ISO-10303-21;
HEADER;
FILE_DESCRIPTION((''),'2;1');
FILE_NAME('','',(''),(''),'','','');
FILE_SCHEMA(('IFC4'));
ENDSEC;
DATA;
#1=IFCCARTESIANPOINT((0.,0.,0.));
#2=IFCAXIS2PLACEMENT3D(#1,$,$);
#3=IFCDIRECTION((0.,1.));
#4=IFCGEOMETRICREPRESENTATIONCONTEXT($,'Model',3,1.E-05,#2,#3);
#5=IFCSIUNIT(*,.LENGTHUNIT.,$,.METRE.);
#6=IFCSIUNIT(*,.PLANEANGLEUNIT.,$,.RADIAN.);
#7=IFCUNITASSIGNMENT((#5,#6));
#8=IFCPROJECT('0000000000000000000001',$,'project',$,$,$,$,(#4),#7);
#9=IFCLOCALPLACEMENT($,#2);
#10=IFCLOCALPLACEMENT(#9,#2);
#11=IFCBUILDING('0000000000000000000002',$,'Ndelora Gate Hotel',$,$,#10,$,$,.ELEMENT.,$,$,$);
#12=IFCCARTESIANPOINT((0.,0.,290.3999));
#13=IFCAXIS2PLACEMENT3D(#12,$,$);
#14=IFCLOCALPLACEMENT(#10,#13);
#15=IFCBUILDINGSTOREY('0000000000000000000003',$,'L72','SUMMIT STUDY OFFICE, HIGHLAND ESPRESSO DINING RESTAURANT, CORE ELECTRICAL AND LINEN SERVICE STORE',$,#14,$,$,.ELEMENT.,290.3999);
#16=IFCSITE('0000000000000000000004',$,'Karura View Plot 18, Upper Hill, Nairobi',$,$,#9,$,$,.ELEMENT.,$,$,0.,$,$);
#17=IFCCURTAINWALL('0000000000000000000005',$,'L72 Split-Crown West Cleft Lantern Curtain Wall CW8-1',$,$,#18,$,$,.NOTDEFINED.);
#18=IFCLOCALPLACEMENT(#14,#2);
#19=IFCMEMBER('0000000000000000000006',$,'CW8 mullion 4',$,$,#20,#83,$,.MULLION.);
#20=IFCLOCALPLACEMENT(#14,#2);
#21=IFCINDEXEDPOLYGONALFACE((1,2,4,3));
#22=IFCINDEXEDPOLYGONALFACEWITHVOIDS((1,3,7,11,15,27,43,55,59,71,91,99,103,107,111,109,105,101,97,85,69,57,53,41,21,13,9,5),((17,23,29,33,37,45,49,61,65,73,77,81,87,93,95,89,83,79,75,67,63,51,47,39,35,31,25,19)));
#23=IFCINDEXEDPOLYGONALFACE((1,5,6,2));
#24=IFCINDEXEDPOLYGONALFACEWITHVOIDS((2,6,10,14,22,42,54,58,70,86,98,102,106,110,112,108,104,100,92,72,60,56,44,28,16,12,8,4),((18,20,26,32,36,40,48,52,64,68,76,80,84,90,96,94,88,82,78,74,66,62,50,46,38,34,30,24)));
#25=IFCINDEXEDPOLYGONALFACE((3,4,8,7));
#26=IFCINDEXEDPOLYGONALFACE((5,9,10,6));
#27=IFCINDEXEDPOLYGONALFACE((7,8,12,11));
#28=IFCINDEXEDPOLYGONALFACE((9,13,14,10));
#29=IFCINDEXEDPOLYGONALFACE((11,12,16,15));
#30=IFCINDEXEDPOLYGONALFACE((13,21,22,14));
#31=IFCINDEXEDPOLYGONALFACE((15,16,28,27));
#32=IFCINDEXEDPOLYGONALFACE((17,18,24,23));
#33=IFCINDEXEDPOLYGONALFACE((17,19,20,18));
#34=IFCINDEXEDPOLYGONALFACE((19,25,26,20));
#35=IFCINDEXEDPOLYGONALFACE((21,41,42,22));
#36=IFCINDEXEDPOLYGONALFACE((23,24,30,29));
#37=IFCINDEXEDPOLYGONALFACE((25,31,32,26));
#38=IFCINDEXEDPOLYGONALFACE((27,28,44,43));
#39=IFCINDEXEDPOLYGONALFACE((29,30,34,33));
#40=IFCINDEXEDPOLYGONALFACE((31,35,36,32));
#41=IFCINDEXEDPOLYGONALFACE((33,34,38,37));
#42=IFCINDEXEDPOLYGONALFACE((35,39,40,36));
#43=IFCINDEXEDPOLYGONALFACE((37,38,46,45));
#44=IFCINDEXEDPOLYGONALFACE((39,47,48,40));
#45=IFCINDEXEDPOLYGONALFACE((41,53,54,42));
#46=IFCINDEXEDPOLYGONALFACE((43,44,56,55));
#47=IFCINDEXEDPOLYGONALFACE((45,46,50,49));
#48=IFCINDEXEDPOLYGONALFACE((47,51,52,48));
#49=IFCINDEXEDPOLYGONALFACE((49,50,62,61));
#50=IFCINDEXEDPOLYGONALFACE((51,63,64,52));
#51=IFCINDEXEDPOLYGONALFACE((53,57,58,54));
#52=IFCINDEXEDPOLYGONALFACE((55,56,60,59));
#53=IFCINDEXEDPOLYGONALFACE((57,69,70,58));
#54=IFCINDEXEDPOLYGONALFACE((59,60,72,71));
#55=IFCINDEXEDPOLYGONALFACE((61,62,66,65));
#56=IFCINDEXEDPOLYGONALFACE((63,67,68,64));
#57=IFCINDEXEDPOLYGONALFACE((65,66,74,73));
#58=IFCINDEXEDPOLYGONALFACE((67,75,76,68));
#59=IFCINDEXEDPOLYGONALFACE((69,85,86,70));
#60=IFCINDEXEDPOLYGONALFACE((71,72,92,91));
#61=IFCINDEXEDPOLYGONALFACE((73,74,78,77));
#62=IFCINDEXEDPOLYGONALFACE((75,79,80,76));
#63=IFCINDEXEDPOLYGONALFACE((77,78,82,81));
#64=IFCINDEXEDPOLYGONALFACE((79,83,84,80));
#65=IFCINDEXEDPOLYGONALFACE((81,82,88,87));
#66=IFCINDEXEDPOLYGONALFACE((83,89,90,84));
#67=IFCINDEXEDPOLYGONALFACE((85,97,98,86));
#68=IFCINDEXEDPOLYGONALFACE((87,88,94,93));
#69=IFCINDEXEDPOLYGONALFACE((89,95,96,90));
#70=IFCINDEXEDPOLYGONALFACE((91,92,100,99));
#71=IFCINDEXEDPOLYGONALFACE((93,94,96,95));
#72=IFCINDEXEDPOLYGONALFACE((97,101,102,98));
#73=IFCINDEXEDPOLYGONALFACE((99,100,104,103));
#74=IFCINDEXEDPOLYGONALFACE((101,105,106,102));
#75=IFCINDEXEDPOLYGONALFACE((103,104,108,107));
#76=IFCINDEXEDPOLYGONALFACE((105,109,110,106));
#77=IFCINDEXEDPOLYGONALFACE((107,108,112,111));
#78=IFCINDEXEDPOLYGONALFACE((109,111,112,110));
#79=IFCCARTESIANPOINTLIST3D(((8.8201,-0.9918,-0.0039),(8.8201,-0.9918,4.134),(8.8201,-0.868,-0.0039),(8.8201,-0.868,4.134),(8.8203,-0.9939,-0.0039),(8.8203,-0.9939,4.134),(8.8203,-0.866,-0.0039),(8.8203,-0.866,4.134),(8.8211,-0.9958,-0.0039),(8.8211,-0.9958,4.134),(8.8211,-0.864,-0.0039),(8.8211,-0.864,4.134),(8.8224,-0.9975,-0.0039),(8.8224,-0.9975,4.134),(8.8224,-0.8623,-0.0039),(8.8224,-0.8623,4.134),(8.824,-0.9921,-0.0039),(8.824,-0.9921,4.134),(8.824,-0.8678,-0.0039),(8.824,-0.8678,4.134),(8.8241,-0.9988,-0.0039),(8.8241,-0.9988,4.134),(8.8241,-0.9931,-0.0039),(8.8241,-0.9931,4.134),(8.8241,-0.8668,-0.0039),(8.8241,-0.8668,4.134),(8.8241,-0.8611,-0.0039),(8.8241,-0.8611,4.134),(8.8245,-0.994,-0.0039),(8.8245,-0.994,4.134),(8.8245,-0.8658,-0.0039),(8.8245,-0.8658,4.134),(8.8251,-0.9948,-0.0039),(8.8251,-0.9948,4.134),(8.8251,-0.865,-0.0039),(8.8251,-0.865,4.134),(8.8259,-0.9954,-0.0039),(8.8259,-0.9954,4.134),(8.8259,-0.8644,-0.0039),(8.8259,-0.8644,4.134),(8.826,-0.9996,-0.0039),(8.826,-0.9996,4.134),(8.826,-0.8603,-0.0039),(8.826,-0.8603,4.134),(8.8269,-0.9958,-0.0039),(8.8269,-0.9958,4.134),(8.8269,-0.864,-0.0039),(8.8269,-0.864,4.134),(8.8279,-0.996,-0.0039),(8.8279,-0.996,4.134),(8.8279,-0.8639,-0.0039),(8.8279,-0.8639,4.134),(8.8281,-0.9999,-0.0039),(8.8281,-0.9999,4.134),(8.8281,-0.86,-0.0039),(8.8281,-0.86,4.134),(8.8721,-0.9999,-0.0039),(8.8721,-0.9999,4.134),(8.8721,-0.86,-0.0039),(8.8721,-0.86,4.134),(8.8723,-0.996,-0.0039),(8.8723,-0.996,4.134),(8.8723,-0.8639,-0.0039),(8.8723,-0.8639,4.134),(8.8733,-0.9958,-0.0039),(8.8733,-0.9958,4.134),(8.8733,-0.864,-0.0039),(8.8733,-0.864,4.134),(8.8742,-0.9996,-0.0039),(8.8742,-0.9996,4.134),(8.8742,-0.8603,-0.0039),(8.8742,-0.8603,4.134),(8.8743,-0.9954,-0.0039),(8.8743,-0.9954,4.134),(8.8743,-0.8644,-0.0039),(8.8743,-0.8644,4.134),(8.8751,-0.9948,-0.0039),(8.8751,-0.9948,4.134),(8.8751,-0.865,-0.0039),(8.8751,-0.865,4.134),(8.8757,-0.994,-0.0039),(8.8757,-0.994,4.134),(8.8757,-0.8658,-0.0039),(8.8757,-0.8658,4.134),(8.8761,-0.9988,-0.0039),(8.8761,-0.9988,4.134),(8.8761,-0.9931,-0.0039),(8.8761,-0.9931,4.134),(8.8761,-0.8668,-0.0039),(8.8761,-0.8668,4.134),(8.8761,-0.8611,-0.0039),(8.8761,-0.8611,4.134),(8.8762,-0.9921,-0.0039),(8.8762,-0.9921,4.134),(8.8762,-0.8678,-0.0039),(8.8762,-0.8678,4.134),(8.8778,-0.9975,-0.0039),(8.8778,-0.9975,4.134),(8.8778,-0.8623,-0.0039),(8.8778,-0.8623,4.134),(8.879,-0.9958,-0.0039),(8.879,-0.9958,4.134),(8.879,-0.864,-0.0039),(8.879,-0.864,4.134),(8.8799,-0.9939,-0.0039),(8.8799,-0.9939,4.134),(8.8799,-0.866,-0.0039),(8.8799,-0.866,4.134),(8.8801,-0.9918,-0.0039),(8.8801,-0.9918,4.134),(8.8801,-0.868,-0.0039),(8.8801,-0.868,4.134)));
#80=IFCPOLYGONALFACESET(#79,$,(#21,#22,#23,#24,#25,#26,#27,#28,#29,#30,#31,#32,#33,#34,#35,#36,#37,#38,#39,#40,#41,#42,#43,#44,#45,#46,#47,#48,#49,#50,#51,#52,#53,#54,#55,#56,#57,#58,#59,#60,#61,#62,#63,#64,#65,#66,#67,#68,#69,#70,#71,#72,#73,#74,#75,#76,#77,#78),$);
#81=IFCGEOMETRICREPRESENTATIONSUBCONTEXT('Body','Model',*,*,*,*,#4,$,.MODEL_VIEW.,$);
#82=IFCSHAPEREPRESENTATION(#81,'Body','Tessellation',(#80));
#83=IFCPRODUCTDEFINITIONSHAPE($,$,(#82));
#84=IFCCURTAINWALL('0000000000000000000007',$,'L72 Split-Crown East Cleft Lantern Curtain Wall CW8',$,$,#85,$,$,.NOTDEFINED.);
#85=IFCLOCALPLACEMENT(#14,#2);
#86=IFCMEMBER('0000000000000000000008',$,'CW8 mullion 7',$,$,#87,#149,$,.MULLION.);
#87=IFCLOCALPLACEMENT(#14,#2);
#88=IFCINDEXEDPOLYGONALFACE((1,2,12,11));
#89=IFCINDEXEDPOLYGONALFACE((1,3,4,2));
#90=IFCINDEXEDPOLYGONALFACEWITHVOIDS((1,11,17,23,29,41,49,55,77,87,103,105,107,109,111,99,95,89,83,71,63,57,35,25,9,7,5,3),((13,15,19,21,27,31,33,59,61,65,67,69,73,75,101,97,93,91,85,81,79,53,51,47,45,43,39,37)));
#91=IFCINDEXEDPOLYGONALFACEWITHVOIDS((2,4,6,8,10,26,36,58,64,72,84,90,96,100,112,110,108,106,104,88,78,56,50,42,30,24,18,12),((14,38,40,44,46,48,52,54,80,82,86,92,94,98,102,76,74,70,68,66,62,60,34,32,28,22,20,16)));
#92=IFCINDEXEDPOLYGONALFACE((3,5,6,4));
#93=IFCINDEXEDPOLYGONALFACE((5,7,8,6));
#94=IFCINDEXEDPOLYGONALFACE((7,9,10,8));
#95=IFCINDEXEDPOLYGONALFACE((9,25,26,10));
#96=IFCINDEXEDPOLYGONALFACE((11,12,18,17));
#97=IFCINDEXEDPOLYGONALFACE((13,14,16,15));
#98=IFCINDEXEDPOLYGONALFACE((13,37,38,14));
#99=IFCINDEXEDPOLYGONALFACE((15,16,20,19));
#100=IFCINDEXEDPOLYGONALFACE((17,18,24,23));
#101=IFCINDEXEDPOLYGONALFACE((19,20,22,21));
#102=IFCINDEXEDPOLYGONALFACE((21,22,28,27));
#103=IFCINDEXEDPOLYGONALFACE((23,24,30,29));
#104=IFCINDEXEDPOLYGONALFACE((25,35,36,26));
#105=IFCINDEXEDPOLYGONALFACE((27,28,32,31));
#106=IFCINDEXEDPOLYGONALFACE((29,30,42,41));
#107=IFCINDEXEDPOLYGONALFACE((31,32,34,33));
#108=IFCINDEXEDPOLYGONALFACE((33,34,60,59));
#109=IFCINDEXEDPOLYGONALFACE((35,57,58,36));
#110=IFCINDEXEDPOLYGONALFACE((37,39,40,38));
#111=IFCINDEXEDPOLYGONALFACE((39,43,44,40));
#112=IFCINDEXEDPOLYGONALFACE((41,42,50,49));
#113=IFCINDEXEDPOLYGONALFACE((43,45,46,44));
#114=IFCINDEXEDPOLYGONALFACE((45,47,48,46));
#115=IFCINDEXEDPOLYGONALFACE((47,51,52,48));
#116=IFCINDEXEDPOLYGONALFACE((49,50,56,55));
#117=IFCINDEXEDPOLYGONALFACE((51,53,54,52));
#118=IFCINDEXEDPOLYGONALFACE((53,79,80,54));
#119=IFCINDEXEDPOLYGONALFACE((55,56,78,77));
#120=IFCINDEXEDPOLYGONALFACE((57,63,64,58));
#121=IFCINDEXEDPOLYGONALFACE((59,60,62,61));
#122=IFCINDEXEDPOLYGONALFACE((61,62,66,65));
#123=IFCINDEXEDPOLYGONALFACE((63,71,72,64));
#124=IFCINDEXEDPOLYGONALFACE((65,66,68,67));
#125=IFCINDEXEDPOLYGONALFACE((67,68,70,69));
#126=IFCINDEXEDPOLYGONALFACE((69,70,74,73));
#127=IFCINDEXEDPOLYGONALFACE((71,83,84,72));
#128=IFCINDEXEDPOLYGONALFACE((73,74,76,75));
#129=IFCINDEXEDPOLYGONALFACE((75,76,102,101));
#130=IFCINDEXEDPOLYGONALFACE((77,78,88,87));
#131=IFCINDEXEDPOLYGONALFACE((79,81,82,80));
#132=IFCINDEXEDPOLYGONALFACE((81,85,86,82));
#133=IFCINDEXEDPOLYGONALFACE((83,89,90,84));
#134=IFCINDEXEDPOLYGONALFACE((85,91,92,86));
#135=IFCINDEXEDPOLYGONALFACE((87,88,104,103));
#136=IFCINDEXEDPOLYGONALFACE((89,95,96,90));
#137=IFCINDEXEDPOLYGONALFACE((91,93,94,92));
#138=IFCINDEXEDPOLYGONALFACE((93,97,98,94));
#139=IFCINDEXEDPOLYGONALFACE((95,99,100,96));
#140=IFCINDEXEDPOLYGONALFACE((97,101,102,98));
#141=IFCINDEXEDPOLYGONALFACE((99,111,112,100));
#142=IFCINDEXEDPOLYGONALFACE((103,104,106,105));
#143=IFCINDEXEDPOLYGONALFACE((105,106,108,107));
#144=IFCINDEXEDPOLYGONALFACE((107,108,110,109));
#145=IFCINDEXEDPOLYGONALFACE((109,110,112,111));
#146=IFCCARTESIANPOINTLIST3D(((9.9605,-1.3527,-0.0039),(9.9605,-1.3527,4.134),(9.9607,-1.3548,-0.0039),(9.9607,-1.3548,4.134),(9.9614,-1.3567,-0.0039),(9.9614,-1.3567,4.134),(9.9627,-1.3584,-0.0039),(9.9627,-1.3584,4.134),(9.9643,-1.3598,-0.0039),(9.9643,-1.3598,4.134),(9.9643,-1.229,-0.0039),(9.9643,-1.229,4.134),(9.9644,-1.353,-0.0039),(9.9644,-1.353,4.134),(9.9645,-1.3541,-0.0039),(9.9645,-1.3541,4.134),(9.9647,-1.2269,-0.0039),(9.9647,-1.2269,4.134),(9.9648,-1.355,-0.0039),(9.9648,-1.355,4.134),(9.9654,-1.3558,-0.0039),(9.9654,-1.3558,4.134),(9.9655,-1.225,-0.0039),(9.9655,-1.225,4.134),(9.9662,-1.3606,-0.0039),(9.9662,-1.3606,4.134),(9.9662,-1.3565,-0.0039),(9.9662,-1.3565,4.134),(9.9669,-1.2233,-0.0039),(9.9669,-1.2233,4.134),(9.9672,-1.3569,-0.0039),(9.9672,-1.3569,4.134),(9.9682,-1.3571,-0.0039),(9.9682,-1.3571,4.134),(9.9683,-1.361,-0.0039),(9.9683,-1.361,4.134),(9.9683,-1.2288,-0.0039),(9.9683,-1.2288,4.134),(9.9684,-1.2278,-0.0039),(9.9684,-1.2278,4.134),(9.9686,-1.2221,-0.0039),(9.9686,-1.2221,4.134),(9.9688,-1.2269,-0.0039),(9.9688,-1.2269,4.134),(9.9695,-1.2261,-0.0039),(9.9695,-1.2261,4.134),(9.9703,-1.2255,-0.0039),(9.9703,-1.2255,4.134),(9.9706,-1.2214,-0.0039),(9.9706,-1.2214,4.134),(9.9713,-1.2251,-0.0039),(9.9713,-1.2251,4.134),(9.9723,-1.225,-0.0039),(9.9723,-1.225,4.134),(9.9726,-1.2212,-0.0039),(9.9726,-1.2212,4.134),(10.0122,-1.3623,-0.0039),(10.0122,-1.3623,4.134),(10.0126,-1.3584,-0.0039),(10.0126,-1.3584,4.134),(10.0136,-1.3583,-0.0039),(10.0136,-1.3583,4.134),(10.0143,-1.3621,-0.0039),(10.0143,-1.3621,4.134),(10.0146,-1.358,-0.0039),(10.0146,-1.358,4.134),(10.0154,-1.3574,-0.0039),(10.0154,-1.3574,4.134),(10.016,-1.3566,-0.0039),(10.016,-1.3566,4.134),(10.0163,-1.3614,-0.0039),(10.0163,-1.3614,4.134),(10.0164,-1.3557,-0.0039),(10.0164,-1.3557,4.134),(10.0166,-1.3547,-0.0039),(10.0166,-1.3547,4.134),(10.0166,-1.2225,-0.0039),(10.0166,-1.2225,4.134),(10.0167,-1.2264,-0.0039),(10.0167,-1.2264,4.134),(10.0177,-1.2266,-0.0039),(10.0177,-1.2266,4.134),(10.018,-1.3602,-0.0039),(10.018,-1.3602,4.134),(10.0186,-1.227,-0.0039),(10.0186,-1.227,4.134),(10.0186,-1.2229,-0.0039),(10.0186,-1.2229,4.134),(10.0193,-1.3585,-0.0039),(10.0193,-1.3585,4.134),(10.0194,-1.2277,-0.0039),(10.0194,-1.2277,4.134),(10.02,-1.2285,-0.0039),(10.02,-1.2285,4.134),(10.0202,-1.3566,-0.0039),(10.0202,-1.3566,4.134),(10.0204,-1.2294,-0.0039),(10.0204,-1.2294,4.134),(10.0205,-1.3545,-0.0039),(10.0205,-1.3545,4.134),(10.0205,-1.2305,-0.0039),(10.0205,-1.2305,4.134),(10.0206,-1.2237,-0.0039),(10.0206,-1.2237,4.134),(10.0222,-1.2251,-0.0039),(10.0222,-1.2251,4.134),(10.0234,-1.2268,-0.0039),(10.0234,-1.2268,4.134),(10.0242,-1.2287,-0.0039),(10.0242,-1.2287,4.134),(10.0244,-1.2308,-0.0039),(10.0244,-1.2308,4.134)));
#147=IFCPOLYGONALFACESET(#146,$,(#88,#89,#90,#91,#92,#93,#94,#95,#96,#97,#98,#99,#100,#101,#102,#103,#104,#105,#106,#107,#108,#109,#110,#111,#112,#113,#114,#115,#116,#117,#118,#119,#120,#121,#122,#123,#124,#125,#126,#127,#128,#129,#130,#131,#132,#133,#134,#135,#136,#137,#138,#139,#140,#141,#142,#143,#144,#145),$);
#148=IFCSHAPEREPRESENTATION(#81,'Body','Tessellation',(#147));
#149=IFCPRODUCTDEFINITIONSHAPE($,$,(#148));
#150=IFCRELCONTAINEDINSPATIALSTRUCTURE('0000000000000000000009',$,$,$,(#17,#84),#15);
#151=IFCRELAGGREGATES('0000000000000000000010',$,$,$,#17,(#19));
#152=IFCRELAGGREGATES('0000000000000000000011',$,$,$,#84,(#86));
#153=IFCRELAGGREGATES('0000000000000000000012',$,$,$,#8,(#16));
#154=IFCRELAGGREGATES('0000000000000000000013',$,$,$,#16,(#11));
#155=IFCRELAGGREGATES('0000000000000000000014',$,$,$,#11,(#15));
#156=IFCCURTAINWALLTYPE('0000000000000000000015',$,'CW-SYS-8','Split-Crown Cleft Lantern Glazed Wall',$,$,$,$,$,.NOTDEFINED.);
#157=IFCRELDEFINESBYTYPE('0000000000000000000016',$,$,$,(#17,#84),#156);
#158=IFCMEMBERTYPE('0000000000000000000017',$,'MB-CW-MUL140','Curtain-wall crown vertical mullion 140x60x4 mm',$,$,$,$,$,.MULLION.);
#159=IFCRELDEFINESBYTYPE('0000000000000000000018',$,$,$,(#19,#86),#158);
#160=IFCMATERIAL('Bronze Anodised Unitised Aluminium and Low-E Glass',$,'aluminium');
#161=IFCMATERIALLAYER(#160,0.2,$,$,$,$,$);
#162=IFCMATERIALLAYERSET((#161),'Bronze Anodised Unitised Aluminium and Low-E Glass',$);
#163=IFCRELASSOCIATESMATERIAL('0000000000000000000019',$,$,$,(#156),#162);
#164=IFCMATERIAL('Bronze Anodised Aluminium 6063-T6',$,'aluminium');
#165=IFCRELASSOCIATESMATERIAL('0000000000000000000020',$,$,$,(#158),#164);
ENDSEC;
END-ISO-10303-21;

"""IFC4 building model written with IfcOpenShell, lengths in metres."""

from ifc_helpers import new_model, si_unit, direction, frame, origin, origin_2d, place, context, subcontext, project, spatial, hollow_rectangle, extrude, material, layer, layer_set, material_profile, profile_set, type_object, element, aggregate, save


model = new_model("IFC4")

# Units and contexts
model_context = context("Model", 3, precision=1e-05, world=origin(), true_north=direction((0.0, 1.0)))
body_context = subcontext(model_context, "Body", "Model", "MODEL_VIEW")
ifc_project = project(units=[si_unit("LENGTHUNIT", "METRE"), si_unit("PLANEANGLEUNIT", "RADIAN")], contexts=[model_context])

# Site, building, storey
site_placement = place(None, origin())
site = spatial("IfcSite", under=ifc_project, at=site_placement, Name="Karura View Plot 18, Upper Hill, Nairobi", CompositionType="ELEMENT", RefElevation=0.0)
building_placement = place(site_placement, origin())
building = spatial("IfcBuilding", under=site, at=building_placement, Name="Ndelora Gate Hotel", CompositionType="ELEMENT")
storey_placement = place(building_placement, frame((0.0, 0.0, 290.3999)))
storey = spatial("IfcBuildingStorey", under=building, at=storey_placement, Name="L72", Description="SUMMIT STUDY OFFICE, HIGHLAND ESPRESSO DINING RESTAURANT, CORE ELECTRICAL AND LINEN SERVICE STORE", CompositionType="ELEMENT", Elevation=290.3999)

# Curtain wall, member
ifc_material_1 = material(Name="Bronze Anodised Unitised Aluminium and Low-E Glass", Category="aluminium")
ifc_layer_1 = layer(ifc_material_1, 0.2)
ifc_layer_set_1 = layer_set([ifc_layer_1], Name="Bronze Anodised Unitised Aluminium and Low-E Glass")
curtain_wall_type = type_object("IfcCurtainWallType", Name="CW-SYS-8", Description="Split-Crown Cleft Lantern Glazed Wall", PredefinedType="NOTDEFINED", material=ifc_layer_set_1)
curtain_wall_1_placement = place(storey_placement, origin())
curtain_wall_1 = element("IfcCurtainWall", 1, at=curtain_wall_1_placement, inside=storey, type_object=curtain_wall_type, Name="L72 Split-Crown West Cleft Lantern Curtain Wall CW8-1", PredefinedType="NOTDEFINED")
ifc_material_2 = material(Name="Bronze Anodised Aluminium 6063-T6", Category="aluminium")
ifc_material_profile_1 = material_profile(ifc_material_2, hollow_rectangle(XDim=0.0601, YDim=0.1399, WallThickness=0.0039, InnerFilletRadius=0.0039, OuterFilletRadius=0.0081, at=origin_2d()), Name="ALU 140x60x4")
ifc_profile_set_1 = profile_set([ifc_material_profile_1], Name="Bronze Anodised Aluminium 6063-T6")
member_type_1 = type_object("IfcMemberType", Name="MB-CW-MUL140", Description="Curtain-wall crown vertical mullion 140x60x4 mm", PredefinedType="MULLION", material=ifc_profile_set_1)
member_1_placement = place(storey_placement, frame((8.8501, -0.9299, -0.0039), z_axis=(0.0, 0.0, 1.0), x_axis=(-1.0, 0.0, 0.0)))
member_1 = element("IfcMember", 2, at=member_1_placement, type_object=member_type_1, Name="CW8 mullion 4", PredefinedType="MULLION", context=body_context, shape_type="SweptSolid", body=[
    extrude(hollow_rectangle(XDim=0.0601, YDim=0.1399, WallThickness=0.0039, InnerFilletRadius=0.0039, OuterFilletRadius=0.0081, at=origin_2d()), origin(), (0.0, 0.0, 1.0), 4.1379),
])

# Curtain wall, member
curtain_wall_2_placement = place(storey_placement, origin())
curtain_wall_2 = element("IfcCurtainWall", 3, at=curtain_wall_2_placement, inside=storey, type_object=curtain_wall_type, Name="L72 Split-Crown East Cleft Lantern Curtain Wall CW8", PredefinedType="NOTDEFINED")
member_2_placement = place(storey_placement, frame((9.9924, -1.2917, -0.0039), z_axis=(0.0, 0.0, 1.0), x_axis=(0.999515, -0.031131, 0.0)))
member_2 = element("IfcMember", 4, at=member_2_placement, type_object=member_type_1, Name="CW8 mullion 7", PredefinedType="MULLION", context=body_context, shape_type="SweptSolid", body=[
    extrude(hollow_rectangle(XDim=0.0601, YDim=0.1399, WallThickness=0.0039, InnerFilletRadius=0.0039, OuterFilletRadius=0.0081, at=origin_2d()), origin(), (0.0, 0.0, 1.0), 4.1379),
])

aggregate(curtain_wall_1, [member_1])
aggregate(curtain_wall_2, [member_2])

save(model, "model.ifc")
